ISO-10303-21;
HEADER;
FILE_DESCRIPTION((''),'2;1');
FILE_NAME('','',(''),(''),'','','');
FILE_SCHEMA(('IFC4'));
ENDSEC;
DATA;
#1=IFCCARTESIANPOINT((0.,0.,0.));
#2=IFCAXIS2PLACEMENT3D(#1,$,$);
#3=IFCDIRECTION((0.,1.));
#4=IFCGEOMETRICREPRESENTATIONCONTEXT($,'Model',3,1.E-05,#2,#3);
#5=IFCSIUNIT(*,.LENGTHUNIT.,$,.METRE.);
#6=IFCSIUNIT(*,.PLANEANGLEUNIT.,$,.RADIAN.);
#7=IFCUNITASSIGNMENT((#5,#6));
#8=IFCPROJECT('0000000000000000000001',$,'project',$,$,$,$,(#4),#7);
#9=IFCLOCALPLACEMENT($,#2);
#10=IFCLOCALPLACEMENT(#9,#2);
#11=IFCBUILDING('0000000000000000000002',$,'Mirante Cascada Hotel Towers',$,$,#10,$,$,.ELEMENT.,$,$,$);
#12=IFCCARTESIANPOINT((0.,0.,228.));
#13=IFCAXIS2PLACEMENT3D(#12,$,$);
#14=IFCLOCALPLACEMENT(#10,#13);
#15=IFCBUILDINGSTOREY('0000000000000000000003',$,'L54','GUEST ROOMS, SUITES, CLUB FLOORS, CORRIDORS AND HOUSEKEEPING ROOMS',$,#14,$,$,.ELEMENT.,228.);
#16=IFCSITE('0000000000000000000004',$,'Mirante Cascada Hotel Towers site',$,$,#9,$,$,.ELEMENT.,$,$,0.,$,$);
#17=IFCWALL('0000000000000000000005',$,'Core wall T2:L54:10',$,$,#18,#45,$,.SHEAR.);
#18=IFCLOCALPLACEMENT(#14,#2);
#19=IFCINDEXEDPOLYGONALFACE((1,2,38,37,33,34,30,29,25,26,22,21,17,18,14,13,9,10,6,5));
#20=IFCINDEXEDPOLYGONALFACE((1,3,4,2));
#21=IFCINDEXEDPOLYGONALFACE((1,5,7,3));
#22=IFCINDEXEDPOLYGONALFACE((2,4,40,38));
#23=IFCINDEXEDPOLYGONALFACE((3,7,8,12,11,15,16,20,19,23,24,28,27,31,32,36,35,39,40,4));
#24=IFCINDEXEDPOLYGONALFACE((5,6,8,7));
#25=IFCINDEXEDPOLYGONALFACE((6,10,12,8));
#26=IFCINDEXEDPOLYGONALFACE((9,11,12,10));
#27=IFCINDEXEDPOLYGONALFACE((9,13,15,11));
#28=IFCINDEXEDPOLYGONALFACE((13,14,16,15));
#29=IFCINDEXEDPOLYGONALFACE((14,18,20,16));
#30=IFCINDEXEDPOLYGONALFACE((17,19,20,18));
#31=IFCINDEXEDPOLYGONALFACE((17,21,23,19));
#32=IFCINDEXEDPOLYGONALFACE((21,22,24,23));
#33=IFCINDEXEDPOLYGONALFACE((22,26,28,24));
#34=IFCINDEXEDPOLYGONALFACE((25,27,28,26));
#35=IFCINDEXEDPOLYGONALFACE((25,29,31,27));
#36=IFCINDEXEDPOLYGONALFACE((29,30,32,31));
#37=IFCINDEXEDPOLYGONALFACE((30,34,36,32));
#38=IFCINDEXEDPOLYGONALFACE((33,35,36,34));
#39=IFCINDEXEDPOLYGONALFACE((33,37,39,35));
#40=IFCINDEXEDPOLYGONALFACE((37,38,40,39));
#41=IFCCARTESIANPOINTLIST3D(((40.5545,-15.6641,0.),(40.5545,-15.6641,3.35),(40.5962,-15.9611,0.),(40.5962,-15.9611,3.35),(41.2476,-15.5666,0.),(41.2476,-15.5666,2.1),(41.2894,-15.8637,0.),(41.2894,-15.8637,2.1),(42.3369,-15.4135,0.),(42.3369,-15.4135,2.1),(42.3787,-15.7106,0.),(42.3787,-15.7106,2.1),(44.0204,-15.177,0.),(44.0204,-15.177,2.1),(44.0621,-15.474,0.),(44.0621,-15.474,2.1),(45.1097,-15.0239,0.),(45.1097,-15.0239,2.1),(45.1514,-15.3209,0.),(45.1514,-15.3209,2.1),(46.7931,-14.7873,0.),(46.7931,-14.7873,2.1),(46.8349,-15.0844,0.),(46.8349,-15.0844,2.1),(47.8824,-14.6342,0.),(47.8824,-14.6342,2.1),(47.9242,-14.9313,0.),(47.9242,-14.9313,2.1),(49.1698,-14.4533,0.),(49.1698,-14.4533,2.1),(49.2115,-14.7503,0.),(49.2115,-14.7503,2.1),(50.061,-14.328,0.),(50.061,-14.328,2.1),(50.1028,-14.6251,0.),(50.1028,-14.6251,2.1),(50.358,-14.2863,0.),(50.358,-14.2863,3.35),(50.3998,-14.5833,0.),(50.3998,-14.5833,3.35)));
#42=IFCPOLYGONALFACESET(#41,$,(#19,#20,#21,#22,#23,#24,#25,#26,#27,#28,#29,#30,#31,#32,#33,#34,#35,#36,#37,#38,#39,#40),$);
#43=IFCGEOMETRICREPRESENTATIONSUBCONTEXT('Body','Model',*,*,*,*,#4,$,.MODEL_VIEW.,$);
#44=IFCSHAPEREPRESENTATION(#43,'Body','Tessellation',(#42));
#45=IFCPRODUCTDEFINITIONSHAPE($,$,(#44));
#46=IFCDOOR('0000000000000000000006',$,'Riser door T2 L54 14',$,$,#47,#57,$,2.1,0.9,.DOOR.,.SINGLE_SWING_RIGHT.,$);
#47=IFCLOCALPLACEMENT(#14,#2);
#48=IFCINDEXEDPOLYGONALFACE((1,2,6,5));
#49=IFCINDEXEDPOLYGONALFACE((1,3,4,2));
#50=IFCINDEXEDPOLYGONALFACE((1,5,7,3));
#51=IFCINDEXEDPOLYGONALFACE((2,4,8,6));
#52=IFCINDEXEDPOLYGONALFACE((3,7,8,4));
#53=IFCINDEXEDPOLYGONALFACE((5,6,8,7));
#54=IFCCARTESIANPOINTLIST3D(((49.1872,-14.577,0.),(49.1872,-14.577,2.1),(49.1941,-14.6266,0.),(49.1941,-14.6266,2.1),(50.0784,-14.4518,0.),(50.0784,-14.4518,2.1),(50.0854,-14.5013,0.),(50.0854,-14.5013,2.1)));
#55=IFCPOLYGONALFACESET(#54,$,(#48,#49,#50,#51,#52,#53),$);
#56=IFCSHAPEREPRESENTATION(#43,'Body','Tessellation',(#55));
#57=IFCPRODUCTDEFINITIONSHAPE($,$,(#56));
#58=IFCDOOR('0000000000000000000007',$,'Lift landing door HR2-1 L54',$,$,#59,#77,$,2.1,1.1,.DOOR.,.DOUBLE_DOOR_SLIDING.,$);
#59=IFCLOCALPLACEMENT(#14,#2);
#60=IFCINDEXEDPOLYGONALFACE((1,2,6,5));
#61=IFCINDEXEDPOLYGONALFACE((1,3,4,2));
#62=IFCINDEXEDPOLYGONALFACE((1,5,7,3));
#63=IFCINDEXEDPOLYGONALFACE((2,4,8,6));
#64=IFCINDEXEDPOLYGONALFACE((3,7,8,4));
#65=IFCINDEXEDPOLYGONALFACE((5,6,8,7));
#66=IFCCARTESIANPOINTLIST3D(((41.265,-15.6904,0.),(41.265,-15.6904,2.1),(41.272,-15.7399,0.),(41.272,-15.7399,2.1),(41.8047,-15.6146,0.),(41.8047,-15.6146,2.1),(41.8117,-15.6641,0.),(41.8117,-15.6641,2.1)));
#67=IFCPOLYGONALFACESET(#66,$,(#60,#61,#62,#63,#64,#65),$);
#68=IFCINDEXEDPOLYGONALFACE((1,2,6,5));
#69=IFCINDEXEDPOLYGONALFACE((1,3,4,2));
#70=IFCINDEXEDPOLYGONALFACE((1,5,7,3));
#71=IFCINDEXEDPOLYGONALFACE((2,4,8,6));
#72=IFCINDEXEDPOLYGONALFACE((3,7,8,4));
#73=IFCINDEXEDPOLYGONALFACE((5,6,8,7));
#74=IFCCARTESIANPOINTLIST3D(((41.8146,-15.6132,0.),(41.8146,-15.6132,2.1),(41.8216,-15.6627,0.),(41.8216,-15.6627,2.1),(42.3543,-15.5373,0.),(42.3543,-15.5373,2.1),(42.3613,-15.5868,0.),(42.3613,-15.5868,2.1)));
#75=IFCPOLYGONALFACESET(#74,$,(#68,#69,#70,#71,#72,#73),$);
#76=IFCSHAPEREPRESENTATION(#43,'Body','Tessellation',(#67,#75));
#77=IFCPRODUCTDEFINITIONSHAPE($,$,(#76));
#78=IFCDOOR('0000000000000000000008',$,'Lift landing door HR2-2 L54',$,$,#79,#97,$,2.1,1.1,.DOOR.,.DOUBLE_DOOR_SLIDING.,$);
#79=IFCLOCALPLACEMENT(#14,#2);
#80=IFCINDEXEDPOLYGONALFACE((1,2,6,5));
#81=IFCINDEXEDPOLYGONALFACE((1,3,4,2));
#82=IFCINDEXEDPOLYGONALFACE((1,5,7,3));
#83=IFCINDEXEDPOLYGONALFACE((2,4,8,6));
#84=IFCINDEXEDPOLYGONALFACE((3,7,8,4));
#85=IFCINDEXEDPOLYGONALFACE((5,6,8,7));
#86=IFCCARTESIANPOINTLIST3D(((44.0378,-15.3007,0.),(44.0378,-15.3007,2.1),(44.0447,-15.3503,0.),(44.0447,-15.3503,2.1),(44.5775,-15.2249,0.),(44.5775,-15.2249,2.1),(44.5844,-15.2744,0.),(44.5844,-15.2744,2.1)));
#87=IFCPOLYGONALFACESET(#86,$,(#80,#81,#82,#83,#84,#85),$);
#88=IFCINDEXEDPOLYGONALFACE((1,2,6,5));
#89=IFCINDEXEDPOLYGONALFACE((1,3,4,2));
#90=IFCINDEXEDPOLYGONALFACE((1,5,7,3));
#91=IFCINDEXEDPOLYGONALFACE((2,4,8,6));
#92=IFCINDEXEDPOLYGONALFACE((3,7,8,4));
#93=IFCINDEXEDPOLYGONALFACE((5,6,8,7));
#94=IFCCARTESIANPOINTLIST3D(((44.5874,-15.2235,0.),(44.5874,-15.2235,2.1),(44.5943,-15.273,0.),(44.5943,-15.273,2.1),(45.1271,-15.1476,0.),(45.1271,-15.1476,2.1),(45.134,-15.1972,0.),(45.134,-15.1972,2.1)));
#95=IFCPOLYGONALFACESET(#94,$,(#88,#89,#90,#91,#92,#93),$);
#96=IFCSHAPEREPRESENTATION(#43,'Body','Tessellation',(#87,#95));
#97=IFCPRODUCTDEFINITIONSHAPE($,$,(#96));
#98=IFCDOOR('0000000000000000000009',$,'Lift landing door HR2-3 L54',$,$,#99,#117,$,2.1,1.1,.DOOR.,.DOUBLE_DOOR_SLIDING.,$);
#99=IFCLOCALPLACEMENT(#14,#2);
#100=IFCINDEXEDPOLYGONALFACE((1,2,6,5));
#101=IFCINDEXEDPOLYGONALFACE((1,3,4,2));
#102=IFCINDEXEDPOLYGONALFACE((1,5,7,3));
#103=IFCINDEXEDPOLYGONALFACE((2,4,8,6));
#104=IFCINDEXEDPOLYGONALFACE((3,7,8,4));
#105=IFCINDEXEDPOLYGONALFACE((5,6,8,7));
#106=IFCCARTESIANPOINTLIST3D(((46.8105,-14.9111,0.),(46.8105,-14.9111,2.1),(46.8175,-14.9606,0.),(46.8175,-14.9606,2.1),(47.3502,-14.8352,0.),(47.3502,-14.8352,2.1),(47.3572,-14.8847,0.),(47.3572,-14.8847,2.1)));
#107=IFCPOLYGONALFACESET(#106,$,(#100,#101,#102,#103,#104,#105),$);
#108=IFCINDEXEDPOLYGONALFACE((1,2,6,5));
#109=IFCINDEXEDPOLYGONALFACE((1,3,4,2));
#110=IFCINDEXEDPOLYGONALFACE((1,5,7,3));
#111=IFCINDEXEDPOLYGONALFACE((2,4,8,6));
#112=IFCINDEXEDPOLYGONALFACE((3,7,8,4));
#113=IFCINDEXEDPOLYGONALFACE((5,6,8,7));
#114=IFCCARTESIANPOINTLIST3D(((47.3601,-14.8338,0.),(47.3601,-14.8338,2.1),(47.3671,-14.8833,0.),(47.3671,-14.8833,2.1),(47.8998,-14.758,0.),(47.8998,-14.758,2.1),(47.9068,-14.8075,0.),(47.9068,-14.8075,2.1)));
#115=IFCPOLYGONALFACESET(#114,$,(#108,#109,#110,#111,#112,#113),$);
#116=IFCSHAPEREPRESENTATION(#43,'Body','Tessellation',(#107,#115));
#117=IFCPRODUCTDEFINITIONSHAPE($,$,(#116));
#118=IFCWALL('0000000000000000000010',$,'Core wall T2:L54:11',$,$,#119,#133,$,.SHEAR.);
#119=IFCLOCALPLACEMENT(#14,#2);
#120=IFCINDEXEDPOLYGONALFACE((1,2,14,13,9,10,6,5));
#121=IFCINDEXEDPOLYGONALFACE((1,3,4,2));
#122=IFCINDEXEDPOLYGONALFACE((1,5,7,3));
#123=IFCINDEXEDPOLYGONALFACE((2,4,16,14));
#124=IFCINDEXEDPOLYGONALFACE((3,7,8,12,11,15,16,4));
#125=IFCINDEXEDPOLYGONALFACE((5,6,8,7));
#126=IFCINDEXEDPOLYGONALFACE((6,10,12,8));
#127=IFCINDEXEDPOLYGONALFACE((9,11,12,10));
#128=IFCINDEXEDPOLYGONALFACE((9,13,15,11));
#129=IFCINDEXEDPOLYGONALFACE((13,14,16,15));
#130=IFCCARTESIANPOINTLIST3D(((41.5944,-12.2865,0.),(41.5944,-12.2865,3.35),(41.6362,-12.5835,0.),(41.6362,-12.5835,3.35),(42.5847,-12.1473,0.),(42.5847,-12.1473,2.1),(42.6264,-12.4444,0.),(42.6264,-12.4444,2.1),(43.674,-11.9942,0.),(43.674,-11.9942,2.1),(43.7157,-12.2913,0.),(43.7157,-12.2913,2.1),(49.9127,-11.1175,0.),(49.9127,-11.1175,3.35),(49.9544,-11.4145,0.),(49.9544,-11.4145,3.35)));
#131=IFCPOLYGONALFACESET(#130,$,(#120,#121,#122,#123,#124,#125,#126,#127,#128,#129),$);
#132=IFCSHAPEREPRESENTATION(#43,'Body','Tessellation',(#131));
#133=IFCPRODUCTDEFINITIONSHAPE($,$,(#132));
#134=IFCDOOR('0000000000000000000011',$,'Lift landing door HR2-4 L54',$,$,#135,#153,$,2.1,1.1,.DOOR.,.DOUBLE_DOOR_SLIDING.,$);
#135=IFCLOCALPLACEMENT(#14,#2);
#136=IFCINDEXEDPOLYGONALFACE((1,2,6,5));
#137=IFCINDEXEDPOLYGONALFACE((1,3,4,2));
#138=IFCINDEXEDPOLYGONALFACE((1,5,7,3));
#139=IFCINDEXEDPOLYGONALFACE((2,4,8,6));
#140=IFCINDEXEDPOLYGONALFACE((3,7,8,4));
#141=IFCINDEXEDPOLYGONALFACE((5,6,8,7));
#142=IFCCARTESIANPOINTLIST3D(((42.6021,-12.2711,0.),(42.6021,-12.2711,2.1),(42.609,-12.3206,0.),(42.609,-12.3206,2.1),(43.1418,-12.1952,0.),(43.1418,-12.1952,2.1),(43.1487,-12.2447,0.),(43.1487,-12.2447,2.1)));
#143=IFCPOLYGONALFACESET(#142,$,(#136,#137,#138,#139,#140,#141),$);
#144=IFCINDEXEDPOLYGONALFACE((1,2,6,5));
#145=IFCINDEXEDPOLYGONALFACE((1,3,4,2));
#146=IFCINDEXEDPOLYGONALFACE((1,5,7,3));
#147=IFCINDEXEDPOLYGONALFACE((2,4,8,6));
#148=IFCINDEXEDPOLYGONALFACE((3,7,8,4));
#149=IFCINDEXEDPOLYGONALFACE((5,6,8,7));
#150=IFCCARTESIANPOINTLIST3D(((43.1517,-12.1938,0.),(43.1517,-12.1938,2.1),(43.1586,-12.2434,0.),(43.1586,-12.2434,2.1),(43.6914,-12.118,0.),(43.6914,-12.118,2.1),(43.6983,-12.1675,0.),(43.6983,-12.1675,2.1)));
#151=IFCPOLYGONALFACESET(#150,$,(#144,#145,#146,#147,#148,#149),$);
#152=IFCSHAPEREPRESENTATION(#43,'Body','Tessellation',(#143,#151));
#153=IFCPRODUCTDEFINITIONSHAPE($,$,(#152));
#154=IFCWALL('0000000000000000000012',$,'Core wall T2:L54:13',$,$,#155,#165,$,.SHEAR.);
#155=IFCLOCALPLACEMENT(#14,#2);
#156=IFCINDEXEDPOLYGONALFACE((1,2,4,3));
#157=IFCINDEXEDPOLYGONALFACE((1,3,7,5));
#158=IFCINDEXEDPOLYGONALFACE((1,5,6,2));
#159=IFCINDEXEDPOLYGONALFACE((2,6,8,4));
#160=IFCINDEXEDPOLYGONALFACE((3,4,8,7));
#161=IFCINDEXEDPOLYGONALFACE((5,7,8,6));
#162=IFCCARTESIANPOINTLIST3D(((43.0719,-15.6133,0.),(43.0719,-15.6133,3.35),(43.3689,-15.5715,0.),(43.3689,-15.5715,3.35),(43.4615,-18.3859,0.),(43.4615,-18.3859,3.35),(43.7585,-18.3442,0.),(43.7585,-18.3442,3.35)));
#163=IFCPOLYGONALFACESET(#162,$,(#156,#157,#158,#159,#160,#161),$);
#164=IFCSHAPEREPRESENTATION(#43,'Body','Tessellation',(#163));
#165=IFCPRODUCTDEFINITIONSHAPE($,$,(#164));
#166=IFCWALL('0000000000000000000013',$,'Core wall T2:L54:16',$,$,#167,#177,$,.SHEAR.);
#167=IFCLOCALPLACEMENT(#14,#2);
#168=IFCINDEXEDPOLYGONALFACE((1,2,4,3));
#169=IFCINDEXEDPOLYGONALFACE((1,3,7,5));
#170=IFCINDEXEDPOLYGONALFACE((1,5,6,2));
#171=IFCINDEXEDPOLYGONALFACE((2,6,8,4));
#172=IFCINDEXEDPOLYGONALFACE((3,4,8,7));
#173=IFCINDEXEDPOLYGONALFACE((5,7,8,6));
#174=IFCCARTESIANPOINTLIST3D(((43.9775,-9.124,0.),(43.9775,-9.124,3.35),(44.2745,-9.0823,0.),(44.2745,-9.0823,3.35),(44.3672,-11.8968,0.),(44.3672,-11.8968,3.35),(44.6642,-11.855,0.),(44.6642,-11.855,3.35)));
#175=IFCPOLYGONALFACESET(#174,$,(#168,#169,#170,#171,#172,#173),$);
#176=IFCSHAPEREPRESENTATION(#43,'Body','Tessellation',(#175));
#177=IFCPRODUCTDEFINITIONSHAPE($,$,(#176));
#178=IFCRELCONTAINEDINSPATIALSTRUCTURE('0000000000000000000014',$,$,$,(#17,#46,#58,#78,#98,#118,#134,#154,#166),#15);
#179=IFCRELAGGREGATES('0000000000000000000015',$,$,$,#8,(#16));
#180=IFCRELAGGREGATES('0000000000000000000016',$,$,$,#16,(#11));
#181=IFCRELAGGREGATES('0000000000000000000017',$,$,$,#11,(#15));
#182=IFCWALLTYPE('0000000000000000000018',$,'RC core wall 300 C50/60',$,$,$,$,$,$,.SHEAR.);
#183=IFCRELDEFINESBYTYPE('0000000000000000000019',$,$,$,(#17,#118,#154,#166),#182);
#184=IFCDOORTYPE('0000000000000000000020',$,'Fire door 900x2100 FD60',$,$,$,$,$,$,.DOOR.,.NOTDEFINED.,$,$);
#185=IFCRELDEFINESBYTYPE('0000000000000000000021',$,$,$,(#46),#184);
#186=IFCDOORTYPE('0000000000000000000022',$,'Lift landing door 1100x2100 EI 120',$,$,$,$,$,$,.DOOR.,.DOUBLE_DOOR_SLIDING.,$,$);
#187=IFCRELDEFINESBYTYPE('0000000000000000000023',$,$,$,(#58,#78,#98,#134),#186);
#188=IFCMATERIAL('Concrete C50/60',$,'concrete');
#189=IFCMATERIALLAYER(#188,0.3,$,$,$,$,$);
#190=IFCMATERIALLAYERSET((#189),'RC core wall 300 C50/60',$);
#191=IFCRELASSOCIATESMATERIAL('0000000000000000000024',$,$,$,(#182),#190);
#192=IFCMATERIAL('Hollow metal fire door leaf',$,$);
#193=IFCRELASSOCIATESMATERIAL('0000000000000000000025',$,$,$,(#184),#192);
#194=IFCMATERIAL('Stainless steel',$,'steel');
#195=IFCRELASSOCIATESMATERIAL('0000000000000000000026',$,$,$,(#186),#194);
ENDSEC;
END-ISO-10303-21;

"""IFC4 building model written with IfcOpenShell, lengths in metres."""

from ifc_helpers import new_model, si_unit, direction, frame, frame_2d, origin, place, context, subcontext, project, spatial, rectangle, extrude, material, layer, layer_set, type_object, element, fill, save


model = new_model("IFC4")

# Units and contexts
model_context = context("Model", 3, precision=1e-05, world=origin(), true_north=direction((0.0, 1.0)))
body_context = subcontext(model_context, "Body", "Model", "MODEL_VIEW")
ifc_project = project(units=[si_unit("LENGTHUNIT", "METRE"), si_unit("PLANEANGLEUNIT", "RADIAN")], contexts=[model_context])

# Site, building, storey
site_placement = place(None, origin())
site = spatial("IfcSite", under=ifc_project, at=site_placement, Name="Mirante Cascada Hotel Towers site", CompositionType="ELEMENT", RefElevation=0.0)
building_placement = place(site_placement, origin())
building = spatial("IfcBuilding", under=site, at=building_placement, Name="Mirante Cascada Hotel Towers", CompositionType="ELEMENT")
storey_placement = place(building_placement, frame((0.0, 0.0, 228.0)))
storey = spatial("IfcBuildingStorey", under=building, at=storey_placement, Name="L54", Description="GUEST ROOMS, SUITES, CLUB FLOORS, CORRIDORS AND HOUSEKEEPING ROOMS", CompositionType="ELEMENT", Elevation=228.0)

# Shared definitions
ifc_material_1 = material(Name="Concrete C50/60", Category="concrete")
ifc_layer_1 = layer(ifc_material_1, 0.3)
ifc_layer_set_1 = layer_set([ifc_layer_1], Name="RC core wall 300 C50/60")
wall_type_1 = type_object("IfcWallType", Name="RC core wall 300 C50/60", PredefinedType="SHEAR", material=ifc_layer_set_1)

# Wall, openings, doors
wall_1_placement = place(storey_placement, frame((40.5753, -15.8126, 0.0), z_axis=(0.0, 0.0, 1.0), x_axis=(0.990268, 0.139173, 0.0)))
wall_1 = element("IfcWall", 1, at=wall_1_placement, inside=storey, type_object=wall_type_1, Name="Core wall T2:L54:10", PredefinedType="SHEAR", context=body_context, shape_type="SweptSolid", body=[
    extrude(rectangle(XDim=9.8999, YDim=0.3, at=frame_2d((4.95, 0.0))), origin(), (0.0, 0.0, 1.0), 3.35),
])
opening_1_placement = place(wall_1_placement, frame((0.7, 0.0, 0.0)))
opening_1 = element("IfcOpeningElement", 2, at=opening_1_placement, cuts=wall_1, PredefinedType="OPENING", context=body_context, shape_type="SweptSolid", body=[
    extrude(rectangle(XDim=1.1, YDim=2.1, at=frame_2d((0.55, 1.05))), frame((0.0, 0.15, 0.0), z_axis=(0.0, -1.0, 0.0), x_axis=(1.0, 0.0, 0.0)), (0.0, 0.0, 1.0), 0.3),
])
opening_2_placement = place(wall_1_placement, frame((3.5, 0.0, 0.0)))
opening_2 = element("IfcOpeningElement", 3, at=opening_2_placement, cuts=wall_1, PredefinedType="OPENING", context=body_context, shape_type="SweptSolid", body=[
    extrude(rectangle(XDim=1.1, YDim=2.1, at=frame_2d((0.55, 1.05))), frame((0.0, 0.15, 0.0), z_axis=(0.0, -1.0, 0.0), x_axis=(1.0, 0.0, 0.0)), (0.0, 0.0, 1.0), 0.3),
])
opening_3_placement = place(wall_1_placement, frame((6.3, 0.0, 0.0)))
opening_3 = element("IfcOpeningElement", 4, at=opening_3_placement, cuts=wall_1, PredefinedType="OPENING", context=body_context, shape_type="SweptSolid", body=[
    extrude(rectangle(XDim=1.1, YDim=2.1, at=frame_2d((0.55, 1.05))), frame((0.0, 0.15, 0.0), z_axis=(0.0, -1.0, 0.0), x_axis=(1.0, 0.0, 0.0)), (0.0, 0.0, 1.0), 0.3),
])
opening_4_placement = place(wall_1_placement, frame((8.7, 0.0, 0.0)))
opening_4 = element("IfcOpeningElement", 5, at=opening_4_placement, cuts=wall_1, PredefinedType="OPENING", context=body_context, shape_type="SweptSolid", body=[
    extrude(rectangle(XDim=0.9, YDim=2.1, at=frame_2d((0.45, 1.05))), frame((0.0, 0.15, 0.0), z_axis=(0.0, -1.0, 0.0), x_axis=(1.0, 0.0, 0.0)), (0.0, 0.0, 1.0), 0.3),
])
ifc_material_2 = material(Name="Hollow metal fire door leaf")
door_type_1 = type_object("IfcDoorType", Name="Fire door 900x2100 FD60", OperationType="NOTDEFINED", PredefinedType="DOOR", material=ifc_material_2)
door_1_placement = place(opening_4_placement, frame((0.9, 0.0, 0.0), z_axis=(0.0, 0.0, 1.0), x_axis=(-1.0, 0.0, 0.0)))
door_1 = element("IfcDoor", 6, at=door_1_placement, inside=storey, type_object=door_type_1, Name="Riser door T2 L54 14", OperationType="SINGLE_SWING_RIGHT", OverallHeight=2.1, OverallWidth=0.9, PredefinedType="DOOR", context=body_context, shape_type="SweptSolid", body=[
    extrude(rectangle(XDim=0.9, YDim=2.1, at=frame_2d((0.45, 1.05))), frame((0.0, 0.025, 0.0), z_axis=(0.0, -1.0, 0.0), x_axis=(1.0, 0.0, 0.0)), (0.0, 0.0, 1.0), 0.05),
])
fill(opening_4, door_1)
ifc_material_3 = material(Name="Stainless steel", Category="steel")
door_type_2 = type_object("IfcDoorType", Name="Lift landing door 1100x2100 EI 120", OperationType="DOUBLE_DOOR_SLIDING", PredefinedType="DOOR", material=ifc_material_3)
door_2_placement = place(opening_1_placement, origin())
door_2 = element("IfcDoor", 7, at=door_2_placement, inside=storey, type_object=door_type_2, Name="Lift landing door HR2-1 L54", OperationType="DOUBLE_DOOR_SLIDING", OverallHeight=2.1, OverallWidth=1.1, PredefinedType="DOOR", context=body_context, shape_type="SweptSolid", body=[
    extrude(rectangle(XDim=0.545, YDim=2.1, at=frame_2d((0.2725, 1.05))), frame((0.0, 0.025, 0.0), z_axis=(0.0, -1.0, 0.0), x_axis=(1.0, 0.0, 0.0)), (0.0, 0.0, 1.0), 0.05),
    extrude(rectangle(XDim=0.545, YDim=2.1, at=frame_2d((0.8275, 1.05))), frame((0.0, 0.025, 0.0), z_axis=(0.0, -1.0, 0.0), x_axis=(1.0, 0.0, 0.0)), (0.0, 0.0, 1.0), 0.05),
])
fill(opening_1, door_2)
door_3_placement = place(opening_2_placement, origin())
door_3 = element("IfcDoor", 8, at=door_3_placement, inside=storey, type_object=door_type_2, Name="Lift landing door HR2-2 L54", OperationType="DOUBLE_DOOR_SLIDING", OverallHeight=2.1, OverallWidth=1.1, PredefinedType="DOOR", context=body_context, shape_type="SweptSolid", body=[
    extrude(rectangle(XDim=0.545, YDim=2.1, at=frame_2d((0.2725, 1.05))), frame((0.0, 0.025, 0.0), z_axis=(0.0, -1.0, 0.0), x_axis=(1.0, 0.0, 0.0)), (0.0, 0.0, 1.0), 0.05),
    extrude(rectangle(XDim=0.545, YDim=2.1, at=frame_2d((0.8275, 1.05))), frame((0.0, 0.025, 0.0), z_axis=(0.0, -1.0, 0.0), x_axis=(1.0, 0.0, 0.0)), (0.0, 0.0, 1.0), 0.05),
])
fill(opening_2, door_3)
door_4_placement = place(opening_3_placement, origin())
door_4 = element("IfcDoor", 9, at=door_4_placement, inside=storey, type_object=door_type_2, Name="Lift landing door HR2-3 L54", OperationType="DOUBLE_DOOR_SLIDING", OverallHeight=2.1, OverallWidth=1.1, PredefinedType="DOOR", context=body_context, shape_type="SweptSolid", body=[
    extrude(rectangle(XDim=0.545, YDim=2.1, at=frame_2d((0.2725, 1.05))), frame((0.0, 0.025, 0.0), z_axis=(0.0, -1.0, 0.0), x_axis=(1.0, 0.0, 0.0)), (0.0, 0.0, 1.0), 0.05),
    extrude(rectangle(XDim=0.545, YDim=2.1, at=frame_2d((0.8275, 1.05))), frame((0.0, 0.025, 0.0), z_axis=(0.0, -1.0, 0.0), x_axis=(1.0, 0.0, 0.0)), (0.0, 0.0, 1.0), 0.05),
])
fill(opening_3, door_4)

# Wall, opening, door
wall_2_placement = place(storey_placement, frame((41.6153, -12.435, 0.0), z_axis=(0.0, 0.0, 1.0), x_axis=(0.990269, 0.139166, 0.0)))
wall_2 = element("IfcWall", 10, at=wall_2_placement, inside=storey, type_object=wall_type_1, Name="Core wall T2:L54:11", PredefinedType="SHEAR", context=body_context, shape_type="SweptSolid", body=[
    extrude(rectangle(XDim=8.4, YDim=0.3, at=frame_2d((4.2, 0.0))), origin(), (0.0, 0.0, 1.0), 3.35),
])
opening_5_placement = place(wall_2_placement, frame((1.0, 0.0, 0.0)))
opening_5 = element("IfcOpeningElement", 11, at=opening_5_placement, cuts=wall_2, PredefinedType="OPENING", context=body_context, shape_type="SweptSolid", body=[
    extrude(rectangle(XDim=1.1, YDim=2.1, at=frame_2d((0.55, 1.05))), frame((0.0, 0.15, 0.0), z_axis=(0.0, -1.0, 0.0), x_axis=(1.0, 0.0, 0.0)), (0.0, 0.0, 1.0), 0.3),
])
door_5_placement = place(opening_5_placement, origin())
door_5 = element("IfcDoor", 12, at=door_5_placement, inside=storey, type_object=door_type_2, Name="Lift landing door HR2-4 L54", OperationType="DOUBLE_DOOR_SLIDING", OverallHeight=2.1, OverallWidth=1.1, PredefinedType="DOOR", context=body_context, shape_type="SweptSolid", body=[
    extrude(rectangle(XDim=0.545, YDim=2.1, at=frame_2d((0.2725, 1.05))), frame((0.0, 0.025, 0.0), z_axis=(0.0, -1.0, 0.0), x_axis=(1.0, 0.0, 0.0)), (0.0, 0.0, 1.0), 0.05),
    extrude(rectangle(XDim=0.545, YDim=2.1, at=frame_2d((0.8275, 1.05))), frame((0.0, 0.025, 0.0), z_axis=(0.0, -1.0, 0.0), x_axis=(1.0, 0.0, 0.0)), (0.0, 0.0, 1.0), 0.05),
])
fill(opening_5, door_5)

# Walls
wall_3_placement = place(storey_placement, frame((43.61, -18.3651, 0.0), z_axis=(0.0, 0.0, 1.0), x_axis=(-0.139146, 0.990272, 0.0)))
element("IfcWall", 13, at=wall_3_placement, inside=storey, type_object=wall_type_1, Name="Core wall T2:L54:13", PredefinedType="SHEAR", context=body_context, shape_type="SweptSolid", body=[
    extrude(rectangle(XDim=2.7999, YDim=0.3, at=frame_2d((1.4, 0.0))), origin(), (0.0, 0.0, 1.0), 3.35),
])
wall_4_placement = place(storey_placement, frame((44.5157, -11.8759, 0.0), z_axis=(0.0, 0.0, 1.0), x_axis=(-0.139181, 0.990267, 0.0)))
element("IfcWall", 14, at=wall_4_placement, inside=storey, type_object=wall_type_1, Name="Core wall T2:L54:16", PredefinedType="SHEAR", context=body_context, shape_type="SweptSolid", body=[
    extrude(rectangle(XDim=2.8, YDim=0.3, at=frame_2d((1.4, 0.0))), origin(), (0.0, 0.0, 1.0), 3.35),
])

save(model, "model.ifc")
